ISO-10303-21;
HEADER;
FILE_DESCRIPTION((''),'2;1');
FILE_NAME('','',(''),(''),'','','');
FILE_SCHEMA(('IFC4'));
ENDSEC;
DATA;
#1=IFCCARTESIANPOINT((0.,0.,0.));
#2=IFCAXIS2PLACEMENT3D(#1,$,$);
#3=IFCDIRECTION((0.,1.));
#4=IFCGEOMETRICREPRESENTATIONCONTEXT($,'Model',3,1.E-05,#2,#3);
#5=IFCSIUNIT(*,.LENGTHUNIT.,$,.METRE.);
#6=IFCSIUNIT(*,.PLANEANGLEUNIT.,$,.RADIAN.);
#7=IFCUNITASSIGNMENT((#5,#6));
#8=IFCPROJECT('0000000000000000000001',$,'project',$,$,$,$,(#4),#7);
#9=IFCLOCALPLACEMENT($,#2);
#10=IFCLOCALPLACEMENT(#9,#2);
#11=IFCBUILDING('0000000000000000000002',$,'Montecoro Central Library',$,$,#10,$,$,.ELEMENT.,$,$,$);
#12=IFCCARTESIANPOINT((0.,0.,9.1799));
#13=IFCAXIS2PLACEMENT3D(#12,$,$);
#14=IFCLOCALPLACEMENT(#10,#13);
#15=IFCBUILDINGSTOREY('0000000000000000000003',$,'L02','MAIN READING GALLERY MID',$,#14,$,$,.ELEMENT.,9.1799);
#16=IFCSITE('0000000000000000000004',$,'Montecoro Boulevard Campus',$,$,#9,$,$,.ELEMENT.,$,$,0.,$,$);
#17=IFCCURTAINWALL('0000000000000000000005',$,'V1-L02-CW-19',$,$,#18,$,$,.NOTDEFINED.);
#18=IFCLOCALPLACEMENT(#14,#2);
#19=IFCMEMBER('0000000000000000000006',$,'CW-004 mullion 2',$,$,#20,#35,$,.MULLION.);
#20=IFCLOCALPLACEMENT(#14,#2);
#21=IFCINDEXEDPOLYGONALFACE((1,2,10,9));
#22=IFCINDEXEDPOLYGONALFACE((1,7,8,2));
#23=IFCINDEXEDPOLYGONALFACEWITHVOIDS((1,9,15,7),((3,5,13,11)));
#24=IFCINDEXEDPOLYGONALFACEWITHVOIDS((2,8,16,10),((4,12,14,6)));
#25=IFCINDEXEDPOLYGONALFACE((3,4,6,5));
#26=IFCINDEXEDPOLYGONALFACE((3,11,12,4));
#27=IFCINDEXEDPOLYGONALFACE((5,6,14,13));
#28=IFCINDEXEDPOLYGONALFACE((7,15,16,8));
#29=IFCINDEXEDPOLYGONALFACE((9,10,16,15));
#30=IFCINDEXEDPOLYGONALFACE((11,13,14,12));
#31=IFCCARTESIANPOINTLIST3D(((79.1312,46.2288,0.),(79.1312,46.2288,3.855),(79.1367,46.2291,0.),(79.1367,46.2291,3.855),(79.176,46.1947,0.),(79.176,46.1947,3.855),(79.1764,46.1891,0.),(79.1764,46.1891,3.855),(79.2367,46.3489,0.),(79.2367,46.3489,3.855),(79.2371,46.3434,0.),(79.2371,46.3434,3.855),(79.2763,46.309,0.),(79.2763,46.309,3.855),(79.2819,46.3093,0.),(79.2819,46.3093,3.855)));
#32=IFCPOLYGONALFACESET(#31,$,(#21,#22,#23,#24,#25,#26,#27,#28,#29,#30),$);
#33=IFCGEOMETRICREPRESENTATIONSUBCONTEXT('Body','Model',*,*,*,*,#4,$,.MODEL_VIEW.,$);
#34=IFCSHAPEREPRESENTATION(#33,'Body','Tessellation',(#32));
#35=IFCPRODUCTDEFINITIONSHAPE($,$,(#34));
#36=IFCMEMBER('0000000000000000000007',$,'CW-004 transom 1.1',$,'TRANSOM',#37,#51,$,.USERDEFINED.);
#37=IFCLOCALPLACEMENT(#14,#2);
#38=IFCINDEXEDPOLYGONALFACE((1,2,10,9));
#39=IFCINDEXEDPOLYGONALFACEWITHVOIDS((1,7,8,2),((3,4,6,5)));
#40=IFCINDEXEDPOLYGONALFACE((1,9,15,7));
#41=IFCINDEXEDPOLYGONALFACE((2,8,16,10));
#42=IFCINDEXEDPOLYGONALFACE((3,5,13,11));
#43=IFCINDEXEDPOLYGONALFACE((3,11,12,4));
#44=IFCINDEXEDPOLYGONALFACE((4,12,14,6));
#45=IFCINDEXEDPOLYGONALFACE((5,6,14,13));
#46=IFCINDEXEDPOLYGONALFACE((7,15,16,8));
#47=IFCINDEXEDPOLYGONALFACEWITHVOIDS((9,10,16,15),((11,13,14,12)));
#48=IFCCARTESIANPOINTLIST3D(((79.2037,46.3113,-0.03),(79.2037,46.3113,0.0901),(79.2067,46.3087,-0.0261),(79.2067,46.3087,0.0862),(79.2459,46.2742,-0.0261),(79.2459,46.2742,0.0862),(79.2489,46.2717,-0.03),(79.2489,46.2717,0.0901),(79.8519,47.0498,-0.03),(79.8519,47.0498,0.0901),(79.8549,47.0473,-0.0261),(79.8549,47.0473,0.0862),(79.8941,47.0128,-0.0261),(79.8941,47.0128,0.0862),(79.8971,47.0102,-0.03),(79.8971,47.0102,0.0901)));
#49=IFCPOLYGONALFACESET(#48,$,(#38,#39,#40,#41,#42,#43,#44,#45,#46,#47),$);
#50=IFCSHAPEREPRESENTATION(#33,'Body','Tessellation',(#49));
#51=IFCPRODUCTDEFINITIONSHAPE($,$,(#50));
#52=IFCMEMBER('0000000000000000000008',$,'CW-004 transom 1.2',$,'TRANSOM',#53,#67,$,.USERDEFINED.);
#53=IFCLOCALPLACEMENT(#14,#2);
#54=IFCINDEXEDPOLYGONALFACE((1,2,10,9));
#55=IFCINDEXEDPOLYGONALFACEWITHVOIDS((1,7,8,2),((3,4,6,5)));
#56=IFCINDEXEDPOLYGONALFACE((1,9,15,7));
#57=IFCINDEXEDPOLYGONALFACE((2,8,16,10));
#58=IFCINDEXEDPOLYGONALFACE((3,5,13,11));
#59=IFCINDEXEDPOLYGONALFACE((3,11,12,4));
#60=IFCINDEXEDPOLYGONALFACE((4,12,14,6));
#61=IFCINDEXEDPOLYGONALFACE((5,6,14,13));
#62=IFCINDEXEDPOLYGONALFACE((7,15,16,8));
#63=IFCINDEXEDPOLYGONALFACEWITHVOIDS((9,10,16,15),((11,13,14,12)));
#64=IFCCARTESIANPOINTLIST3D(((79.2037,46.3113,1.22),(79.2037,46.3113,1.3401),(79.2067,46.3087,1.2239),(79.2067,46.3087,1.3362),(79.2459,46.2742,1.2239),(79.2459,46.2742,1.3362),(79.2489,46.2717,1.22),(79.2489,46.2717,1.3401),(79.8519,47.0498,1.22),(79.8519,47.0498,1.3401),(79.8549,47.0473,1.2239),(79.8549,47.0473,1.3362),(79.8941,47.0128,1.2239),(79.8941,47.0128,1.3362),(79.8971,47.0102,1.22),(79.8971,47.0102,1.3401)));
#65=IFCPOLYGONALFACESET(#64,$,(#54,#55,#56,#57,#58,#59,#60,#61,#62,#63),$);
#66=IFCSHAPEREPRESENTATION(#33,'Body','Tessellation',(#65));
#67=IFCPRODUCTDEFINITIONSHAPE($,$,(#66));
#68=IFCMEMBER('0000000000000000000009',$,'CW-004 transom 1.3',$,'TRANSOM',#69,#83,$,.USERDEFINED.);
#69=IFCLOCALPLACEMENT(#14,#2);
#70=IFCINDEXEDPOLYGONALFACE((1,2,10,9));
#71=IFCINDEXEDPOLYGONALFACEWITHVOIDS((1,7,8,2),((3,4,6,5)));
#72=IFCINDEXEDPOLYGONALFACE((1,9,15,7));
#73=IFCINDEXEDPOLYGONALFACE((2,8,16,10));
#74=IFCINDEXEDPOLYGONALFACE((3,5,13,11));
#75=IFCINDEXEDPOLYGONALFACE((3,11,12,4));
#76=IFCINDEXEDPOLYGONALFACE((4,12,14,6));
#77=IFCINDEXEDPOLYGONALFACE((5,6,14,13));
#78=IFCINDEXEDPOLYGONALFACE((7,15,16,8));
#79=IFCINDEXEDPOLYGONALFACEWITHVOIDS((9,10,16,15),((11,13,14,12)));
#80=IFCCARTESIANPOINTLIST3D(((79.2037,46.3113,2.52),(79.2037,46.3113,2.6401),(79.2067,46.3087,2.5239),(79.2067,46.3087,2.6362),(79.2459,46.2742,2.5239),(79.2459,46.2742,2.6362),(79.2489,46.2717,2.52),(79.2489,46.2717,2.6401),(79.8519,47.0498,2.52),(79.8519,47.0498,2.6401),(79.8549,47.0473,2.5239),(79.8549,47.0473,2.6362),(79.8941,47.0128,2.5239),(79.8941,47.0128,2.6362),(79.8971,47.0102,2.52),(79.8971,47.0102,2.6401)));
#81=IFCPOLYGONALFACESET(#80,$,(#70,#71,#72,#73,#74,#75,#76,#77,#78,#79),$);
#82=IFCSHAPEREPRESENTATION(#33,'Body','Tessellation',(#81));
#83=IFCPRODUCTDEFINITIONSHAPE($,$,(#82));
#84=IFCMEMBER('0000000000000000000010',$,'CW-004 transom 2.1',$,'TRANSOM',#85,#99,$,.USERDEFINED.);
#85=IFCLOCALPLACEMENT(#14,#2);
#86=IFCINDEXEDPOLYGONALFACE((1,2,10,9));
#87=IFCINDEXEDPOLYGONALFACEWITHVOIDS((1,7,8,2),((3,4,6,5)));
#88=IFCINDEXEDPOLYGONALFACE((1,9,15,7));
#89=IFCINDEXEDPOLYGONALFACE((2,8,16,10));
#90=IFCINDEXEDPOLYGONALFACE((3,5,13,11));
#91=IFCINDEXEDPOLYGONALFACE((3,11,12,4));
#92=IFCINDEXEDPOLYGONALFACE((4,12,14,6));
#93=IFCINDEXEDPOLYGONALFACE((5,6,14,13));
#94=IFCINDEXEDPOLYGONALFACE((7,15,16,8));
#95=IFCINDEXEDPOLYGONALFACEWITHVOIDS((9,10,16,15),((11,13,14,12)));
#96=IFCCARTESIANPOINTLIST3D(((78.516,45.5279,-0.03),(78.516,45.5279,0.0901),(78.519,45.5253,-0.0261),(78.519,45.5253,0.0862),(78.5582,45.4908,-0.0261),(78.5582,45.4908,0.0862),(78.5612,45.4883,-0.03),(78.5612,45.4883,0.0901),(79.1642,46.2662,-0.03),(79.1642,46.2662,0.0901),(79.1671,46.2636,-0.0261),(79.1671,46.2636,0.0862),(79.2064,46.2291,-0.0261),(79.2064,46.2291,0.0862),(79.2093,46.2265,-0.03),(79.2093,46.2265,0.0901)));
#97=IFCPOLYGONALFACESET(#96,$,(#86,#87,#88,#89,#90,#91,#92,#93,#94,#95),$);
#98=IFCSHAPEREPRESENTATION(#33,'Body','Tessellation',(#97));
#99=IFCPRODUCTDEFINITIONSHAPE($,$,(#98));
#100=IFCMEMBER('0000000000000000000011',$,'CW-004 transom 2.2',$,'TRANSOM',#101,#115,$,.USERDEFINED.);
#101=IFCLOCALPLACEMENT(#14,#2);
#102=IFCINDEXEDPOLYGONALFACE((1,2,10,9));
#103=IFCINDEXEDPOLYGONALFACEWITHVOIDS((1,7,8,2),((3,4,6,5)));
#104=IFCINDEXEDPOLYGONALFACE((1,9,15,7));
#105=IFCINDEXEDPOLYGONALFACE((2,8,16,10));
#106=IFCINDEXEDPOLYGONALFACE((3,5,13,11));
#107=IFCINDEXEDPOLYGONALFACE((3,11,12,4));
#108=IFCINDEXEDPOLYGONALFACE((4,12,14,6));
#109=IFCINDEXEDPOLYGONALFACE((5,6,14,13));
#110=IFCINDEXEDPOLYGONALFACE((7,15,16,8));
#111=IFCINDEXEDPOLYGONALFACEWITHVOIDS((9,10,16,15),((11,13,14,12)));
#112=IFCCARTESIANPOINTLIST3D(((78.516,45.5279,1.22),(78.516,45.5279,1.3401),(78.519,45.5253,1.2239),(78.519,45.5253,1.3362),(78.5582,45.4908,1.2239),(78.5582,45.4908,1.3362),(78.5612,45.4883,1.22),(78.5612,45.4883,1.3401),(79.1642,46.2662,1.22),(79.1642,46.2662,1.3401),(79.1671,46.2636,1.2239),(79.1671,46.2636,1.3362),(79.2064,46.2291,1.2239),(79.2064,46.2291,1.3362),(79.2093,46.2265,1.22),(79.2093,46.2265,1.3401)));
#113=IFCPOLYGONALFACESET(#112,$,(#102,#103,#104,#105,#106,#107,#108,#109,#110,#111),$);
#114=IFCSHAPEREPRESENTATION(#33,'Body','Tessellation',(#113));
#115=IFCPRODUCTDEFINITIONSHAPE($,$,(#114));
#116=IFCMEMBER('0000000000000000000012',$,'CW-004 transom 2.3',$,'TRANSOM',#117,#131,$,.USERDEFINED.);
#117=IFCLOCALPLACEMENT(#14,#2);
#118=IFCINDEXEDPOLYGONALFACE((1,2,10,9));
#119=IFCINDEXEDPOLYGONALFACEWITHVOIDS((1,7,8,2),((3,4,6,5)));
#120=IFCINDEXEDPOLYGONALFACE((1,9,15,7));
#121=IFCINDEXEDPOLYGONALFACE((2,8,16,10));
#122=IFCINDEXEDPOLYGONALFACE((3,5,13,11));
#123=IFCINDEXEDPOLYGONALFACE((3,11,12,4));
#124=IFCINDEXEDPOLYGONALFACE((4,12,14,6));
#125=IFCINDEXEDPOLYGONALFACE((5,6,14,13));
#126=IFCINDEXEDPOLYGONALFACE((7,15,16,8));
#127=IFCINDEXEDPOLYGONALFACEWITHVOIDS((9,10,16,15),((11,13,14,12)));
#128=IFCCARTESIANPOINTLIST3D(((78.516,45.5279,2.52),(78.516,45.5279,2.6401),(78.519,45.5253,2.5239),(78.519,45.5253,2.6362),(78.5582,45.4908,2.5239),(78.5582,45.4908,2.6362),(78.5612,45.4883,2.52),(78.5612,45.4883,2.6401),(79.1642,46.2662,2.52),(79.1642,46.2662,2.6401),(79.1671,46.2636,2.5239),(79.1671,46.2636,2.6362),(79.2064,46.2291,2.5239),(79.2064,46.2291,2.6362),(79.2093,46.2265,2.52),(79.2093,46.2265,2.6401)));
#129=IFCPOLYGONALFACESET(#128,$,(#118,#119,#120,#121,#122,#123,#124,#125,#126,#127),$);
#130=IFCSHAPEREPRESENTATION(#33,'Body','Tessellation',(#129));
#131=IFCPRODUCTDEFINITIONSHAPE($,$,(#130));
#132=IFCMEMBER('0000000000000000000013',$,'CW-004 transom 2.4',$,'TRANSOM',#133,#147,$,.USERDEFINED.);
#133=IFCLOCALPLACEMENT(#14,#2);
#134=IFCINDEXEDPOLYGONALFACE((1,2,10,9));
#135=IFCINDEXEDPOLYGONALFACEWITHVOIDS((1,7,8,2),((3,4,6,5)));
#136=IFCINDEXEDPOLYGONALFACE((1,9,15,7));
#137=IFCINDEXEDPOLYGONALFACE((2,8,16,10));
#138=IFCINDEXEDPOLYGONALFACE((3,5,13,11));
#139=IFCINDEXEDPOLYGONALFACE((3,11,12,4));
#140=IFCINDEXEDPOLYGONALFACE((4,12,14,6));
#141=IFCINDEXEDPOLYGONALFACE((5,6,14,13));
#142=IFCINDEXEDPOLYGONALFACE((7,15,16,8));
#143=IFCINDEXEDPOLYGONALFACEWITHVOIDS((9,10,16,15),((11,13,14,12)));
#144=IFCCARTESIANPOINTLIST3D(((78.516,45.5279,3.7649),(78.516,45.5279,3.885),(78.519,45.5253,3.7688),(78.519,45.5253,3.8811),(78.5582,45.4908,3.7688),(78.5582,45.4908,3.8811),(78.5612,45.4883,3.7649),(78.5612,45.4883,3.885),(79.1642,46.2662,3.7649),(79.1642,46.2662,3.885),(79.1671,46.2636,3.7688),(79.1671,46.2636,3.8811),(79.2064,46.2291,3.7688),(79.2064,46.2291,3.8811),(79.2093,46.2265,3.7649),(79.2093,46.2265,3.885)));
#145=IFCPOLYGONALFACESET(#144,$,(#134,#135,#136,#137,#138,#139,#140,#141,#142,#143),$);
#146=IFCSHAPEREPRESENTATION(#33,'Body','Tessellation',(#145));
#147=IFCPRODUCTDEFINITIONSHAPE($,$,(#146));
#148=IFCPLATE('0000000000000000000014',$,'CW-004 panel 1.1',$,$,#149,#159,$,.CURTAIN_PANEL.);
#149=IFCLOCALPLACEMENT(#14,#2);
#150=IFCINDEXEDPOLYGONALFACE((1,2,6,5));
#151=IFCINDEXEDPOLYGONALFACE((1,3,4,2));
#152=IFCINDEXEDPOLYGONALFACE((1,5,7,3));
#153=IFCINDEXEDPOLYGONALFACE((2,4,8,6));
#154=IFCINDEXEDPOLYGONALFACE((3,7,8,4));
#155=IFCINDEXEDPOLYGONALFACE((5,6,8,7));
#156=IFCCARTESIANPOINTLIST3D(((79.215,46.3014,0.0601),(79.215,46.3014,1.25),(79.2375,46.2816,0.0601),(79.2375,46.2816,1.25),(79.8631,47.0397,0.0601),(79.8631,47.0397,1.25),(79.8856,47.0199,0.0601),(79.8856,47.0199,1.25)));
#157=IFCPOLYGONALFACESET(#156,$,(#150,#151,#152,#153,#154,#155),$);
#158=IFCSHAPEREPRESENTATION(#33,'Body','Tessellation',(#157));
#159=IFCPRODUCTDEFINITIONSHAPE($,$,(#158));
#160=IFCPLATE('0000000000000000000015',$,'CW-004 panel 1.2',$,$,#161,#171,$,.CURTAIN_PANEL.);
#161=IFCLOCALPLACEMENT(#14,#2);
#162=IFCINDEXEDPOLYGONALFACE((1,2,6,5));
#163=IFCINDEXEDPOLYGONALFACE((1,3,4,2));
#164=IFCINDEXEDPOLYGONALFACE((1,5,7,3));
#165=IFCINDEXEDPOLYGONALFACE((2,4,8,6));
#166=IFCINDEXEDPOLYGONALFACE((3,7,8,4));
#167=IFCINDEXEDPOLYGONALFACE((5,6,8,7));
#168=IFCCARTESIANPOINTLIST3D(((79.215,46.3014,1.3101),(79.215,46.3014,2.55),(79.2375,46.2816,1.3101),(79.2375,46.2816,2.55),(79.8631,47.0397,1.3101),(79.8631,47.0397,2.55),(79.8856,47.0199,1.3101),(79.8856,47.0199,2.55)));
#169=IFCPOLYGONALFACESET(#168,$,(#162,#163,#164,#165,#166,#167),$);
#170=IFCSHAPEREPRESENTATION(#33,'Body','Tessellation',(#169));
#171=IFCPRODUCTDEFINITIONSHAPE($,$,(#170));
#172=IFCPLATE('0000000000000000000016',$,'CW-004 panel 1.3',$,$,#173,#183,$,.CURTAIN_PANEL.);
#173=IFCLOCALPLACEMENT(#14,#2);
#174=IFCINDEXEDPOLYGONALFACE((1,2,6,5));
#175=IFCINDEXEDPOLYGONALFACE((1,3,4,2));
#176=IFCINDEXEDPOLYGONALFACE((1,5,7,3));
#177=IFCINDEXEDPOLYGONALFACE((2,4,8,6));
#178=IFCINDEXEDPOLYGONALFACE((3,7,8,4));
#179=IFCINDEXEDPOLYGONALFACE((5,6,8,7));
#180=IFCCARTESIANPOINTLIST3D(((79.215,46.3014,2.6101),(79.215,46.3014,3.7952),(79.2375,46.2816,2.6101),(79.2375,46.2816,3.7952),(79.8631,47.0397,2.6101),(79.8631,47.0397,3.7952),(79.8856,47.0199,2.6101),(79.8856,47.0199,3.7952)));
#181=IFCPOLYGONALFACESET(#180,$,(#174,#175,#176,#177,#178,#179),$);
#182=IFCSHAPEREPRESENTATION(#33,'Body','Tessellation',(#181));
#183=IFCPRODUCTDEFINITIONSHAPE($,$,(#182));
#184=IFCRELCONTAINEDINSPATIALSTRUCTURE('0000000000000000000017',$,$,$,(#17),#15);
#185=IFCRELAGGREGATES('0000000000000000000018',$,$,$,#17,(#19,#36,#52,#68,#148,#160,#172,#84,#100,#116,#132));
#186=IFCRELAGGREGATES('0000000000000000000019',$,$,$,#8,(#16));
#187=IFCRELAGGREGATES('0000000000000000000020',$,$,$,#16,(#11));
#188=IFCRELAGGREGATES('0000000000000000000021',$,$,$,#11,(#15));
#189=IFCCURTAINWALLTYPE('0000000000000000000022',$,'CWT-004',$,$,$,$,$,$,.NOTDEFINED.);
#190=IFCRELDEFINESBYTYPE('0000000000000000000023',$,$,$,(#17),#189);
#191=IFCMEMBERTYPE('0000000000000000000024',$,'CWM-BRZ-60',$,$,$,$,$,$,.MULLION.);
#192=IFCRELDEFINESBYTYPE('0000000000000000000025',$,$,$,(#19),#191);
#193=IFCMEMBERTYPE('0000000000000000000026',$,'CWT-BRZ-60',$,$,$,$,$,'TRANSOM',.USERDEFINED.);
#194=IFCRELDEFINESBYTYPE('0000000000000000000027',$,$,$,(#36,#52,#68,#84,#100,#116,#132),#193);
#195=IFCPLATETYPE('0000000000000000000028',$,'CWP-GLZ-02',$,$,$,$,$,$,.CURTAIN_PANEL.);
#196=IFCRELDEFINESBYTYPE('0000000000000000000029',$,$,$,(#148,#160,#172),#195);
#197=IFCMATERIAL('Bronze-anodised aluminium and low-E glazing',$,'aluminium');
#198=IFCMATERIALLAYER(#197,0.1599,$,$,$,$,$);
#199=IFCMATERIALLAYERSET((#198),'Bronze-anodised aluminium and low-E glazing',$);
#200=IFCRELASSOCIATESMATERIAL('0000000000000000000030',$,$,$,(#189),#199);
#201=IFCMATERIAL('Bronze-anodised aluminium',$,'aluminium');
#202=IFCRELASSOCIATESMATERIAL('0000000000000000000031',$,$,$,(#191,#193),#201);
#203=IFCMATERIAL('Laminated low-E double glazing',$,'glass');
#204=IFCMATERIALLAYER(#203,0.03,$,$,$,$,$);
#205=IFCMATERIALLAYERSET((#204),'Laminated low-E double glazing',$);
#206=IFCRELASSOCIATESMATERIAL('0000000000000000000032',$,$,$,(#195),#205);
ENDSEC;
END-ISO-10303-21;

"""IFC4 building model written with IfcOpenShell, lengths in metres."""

from ifc_helpers import new_model, si_unit, direction, frame, origin, origin_2d, place, context, subcontext, project, spatial, rectangle, hollow_rectangle, extrude, material, layer, layer_set, material_profile, profile_set, type_object, element, aggregate, save


model = new_model("IFC4")

# Units and contexts
model_context = context("Model", 3, precision=1e-05, world=origin(), true_north=direction((0.0, 1.0)))
body_context = subcontext(model_context, "Body", "Model", "MODEL_VIEW")
ifc_project = project(units=[si_unit("LENGTHUNIT", "METRE"), si_unit("PLANEANGLEUNIT", "RADIAN")], contexts=[model_context])

# Site, building, storey
site_placement = place(None, origin())
site = spatial("IfcSite", under=ifc_project, at=site_placement, Name="Montecoro Boulevard Campus", CompositionType="ELEMENT", RefElevation=0.0)
building_placement = place(site_placement, origin())
building = spatial("IfcBuilding", under=site, at=building_placement, Name="Montecoro Central Library", CompositionType="ELEMENT")
storey_placement = place(building_placement, frame((0.0, 0.0, 9.1799)))
storey = spatial("IfcBuildingStorey", under=building, at=storey_placement, Name="L02", Description="MAIN READING GALLERY MID", CompositionType="ELEMENT", Elevation=9.1799)

# Curtain wall, members, plates
ifc_material_1 = material(Name="Bronze-anodised aluminium and low-E glazing", Category="aluminium")
ifc_layer_1 = layer(ifc_material_1, 0.1599)
ifc_layer_set_1 = layer_set([ifc_layer_1], Name="Bronze-anodised aluminium and low-E glazing")
curtain_wall_type = type_object("IfcCurtainWallType", Name="CWT-004", PredefinedType="NOTDEFINED", material=ifc_layer_set_1)
curtain_wall_placement = place(storey_placement, origin())
curtain_wall = element("IfcCurtainWall", 1, at=curtain_wall_placement, inside=storey, type_object=curtain_wall_type, Name="V1-L02-CW-19", PredefinedType="NOTDEFINED")
ifc_material_2 = material(Name="Bronze-anodised aluminium", Category="aluminium")
ifc_material_profile_1 = material_profile(ifc_material_2, hollow_rectangle(XDim=0.0601, YDim=0.1599, WallThickness=0.0039, at=origin_2d()), Name="CWM 160x60x4.0")
ifc_profile_set_1 = profile_set([ifc_material_profile_1], Name="Bronze-anodised aluminium")
member_type_1 = type_object("IfcMemberType", Name="CWM-BRZ-60", PredefinedType="MULLION", material=ifc_profile_set_1)
member_1_placement = place(storey_placement, frame((79.2065, 46.269, 0.0), z_axis=(0.0, 0.0, 1.0), x_axis=(0.751536, -0.659692, 0.0)))
member_1 = element("IfcMember", 2, at=member_1_placement, type_object=member_type_1, Name="CW-004 mullion 2", PredefinedType="MULLION", context=body_context, shape_type="SweptSolid", body=[
    extrude(hollow_rectangle(XDim=0.0601, YDim=0.1599, WallThickness=0.0039, at=origin_2d()), origin(), (0.0, 0.0, 1.0), 3.855),
])
ifc_material_profile_2 = material_profile(ifc_material_2, hollow_rectangle(XDim=0.0601, YDim=0.1201, WallThickness=0.0039, at=origin_2d()), Name="CWT 120x60x4.0")
ifc_profile_set_2 = profile_set([ifc_material_profile_2], Name="Bronze-anodised aluminium")
member_type_2 = type_object("IfcMemberType", Name="CWT-BRZ-60", ElementType="TRANSOM", PredefinedType="USERDEFINED", material=ifc_profile_set_2)
member_2_placement = place(storey_placement, frame((79.8745, 47.03, 0.03), z_axis=(-0.659647, -0.751575, 0.0), x_axis=(0.751575, -0.659647, 0.0)))
member_2 = element("IfcMember", 3, at=member_2_placement, type_object=member_type_2, Name="CW-004 transom 1.1", ObjectType="TRANSOM", PredefinedType="USERDEFINED", context=body_context, shape_type="SweptSolid", body=[
    extrude(hollow_rectangle(XDim=0.0601, YDim=0.1201, WallThickness=0.0039, at=origin_2d()), origin(), (0.0, 0.0, 1.0), 0.9827),
])
member_3_placement = place(storey_placement, frame((79.8745, 47.03, 1.28), z_axis=(-0.659647, -0.751575, 0.0), x_axis=(0.751575, -0.659647, 0.0)))
member_3 = element("IfcMember", 4, at=member_3_placement, type_object=member_type_2, Name="CW-004 transom 1.2", ObjectType="TRANSOM", PredefinedType="USERDEFINED", context=body_context, shape_type="SweptSolid", body=[
    extrude(hollow_rectangle(XDim=0.0601, YDim=0.1201, WallThickness=0.0039, at=origin_2d()), origin(), (0.0, 0.0, 1.0), 0.9827),
])
member_4_placement = place(storey_placement, frame((79.8745, 47.03, 2.5801), z_axis=(-0.659647, -0.751575, 0.0), x_axis=(0.751575, -0.659647, 0.0)))
member_4 = element("IfcMember", 5, at=member_4_placement, type_object=member_type_2, Name="CW-004 transom 1.3", ObjectType="TRANSOM", PredefinedType="USERDEFINED", context=body_context, shape_type="SweptSolid", body=[
    extrude(hollow_rectangle(XDim=0.0601, YDim=0.1201, WallThickness=0.0039, at=origin_2d()), origin(), (0.0, 0.0, 1.0), 0.9827),
])
member_5_placement = place(storey_placement, frame((79.1868, 46.2463, 0.03), z_axis=(-0.65977, -0.751467, 0.0), x_axis=(0.751467, -0.65977, 0.0)))
member_5 = element("IfcMember", 6, at=member_5_placement, type_object=member_type_2, Name="CW-004 transom 2.1", ObjectType="TRANSOM", PredefinedType="USERDEFINED", context=body_context, shape_type="SweptSolid", body=[
    extrude(hollow_rectangle(XDim=0.0601, YDim=0.1201, WallThickness=0.0039, at=origin_2d()), origin(), (0.0, 0.0, 1.0), 0.9824),
])
member_6_placement = place(storey_placement, frame((79.1868, 46.2463, 1.28), z_axis=(-0.65977, -0.751467, 0.0), x_axis=(0.751467, -0.65977, 0.0)))
member_6 = element("IfcMember", 7, at=member_6_placement, type_object=member_type_2, Name="CW-004 transom 2.2", ObjectType="TRANSOM", PredefinedType="USERDEFINED", context=body_context, shape_type="SweptSolid", body=[
    extrude(hollow_rectangle(XDim=0.0601, YDim=0.1201, WallThickness=0.0039, at=origin_2d()), origin(), (0.0, 0.0, 1.0), 0.9824),
])
member_7_placement = place(storey_placement, frame((79.1868, 46.2463, 2.5801), z_axis=(-0.65977, -0.751467, 0.0), x_axis=(0.751467, -0.65977, 0.0)))
member_7 = element("IfcMember", 8, at=member_7_placement, type_object=member_type_2, Name="CW-004 transom 2.3", ObjectType="TRANSOM", PredefinedType="USERDEFINED", context=body_context, shape_type="SweptSolid", body=[
    extrude(hollow_rectangle(XDim=0.0601, YDim=0.1201, WallThickness=0.0039, at=origin_2d()), origin(), (0.0, 0.0, 1.0), 0.9824),
])
member_8_placement = place(storey_placement, frame((79.1868, 46.2463, 3.825), z_axis=(-0.65977, -0.751467, 0.0), x_axis=(0.751467, -0.65977, 0.0)))
member_8 = element("IfcMember", 9, at=member_8_placement, type_object=member_type_2, Name="CW-004 transom 2.4", ObjectType="TRANSOM", PredefinedType="USERDEFINED", context=body_context, shape_type="SweptSolid", body=[
    extrude(hollow_rectangle(XDim=0.0601, YDim=0.1201, WallThickness=0.0039, at=origin_2d()), origin(), (0.0, 0.0, 1.0), 0.9824),
])
ifc_material_3 = material(Name="Laminated low-E double glazing", Category="glass")
ifc_layer_2 = layer(ifc_material_3, 0.03)
ifc_layer_set_2 = layer_set([ifc_layer_2], Name="Laminated low-E double glazing")
plate_type = type_object("IfcPlateType", Name="CWP-GLZ-02", PredefinedType="CURTAIN_PANEL", material=ifc_layer_set_2)
plate_1_placement = place(storey_placement, frame((79.5503, 46.6606, 0.0601), z_axis=(0.0, 0.0, 1.0), x_axis=(-0.659692, -0.751536, 0.0)))
plate_1 = element("IfcPlate", 10, at=plate_1_placement, type_object=plate_type, Name="CW-004 panel 1.1", PredefinedType="CURTAIN_PANEL", context=body_context, shape_type="SweptSolid", body=[
    extrude(rectangle(XDim=0.9824, YDim=0.03, at=origin_2d()), origin(), (0.0, 0.0, 1.0), 1.1899),
])
plate_2_placement = place(storey_placement, frame((79.5503, 46.6606, 1.3101), z_axis=(0.0, 0.0, 1.0), x_axis=(-0.659692, -0.751536, 0.0)))
plate_2 = element("IfcPlate", 11, at=plate_2_placement, type_object=plate_type, Name="CW-004 panel 1.2", PredefinedType="CURTAIN_PANEL", context=body_context, shape_type="SweptSolid", body=[
    extrude(rectangle(XDim=0.9824, YDim=0.03, at=origin_2d()), origin(), (0.0, 0.0, 1.0), 1.24),
])
plate_3_placement = place(storey_placement, frame((79.5503, 46.6606, 2.6101), z_axis=(0.0, 0.0, 1.0), x_axis=(-0.659692, -0.751536, 0.0)))
plate_3 = element("IfcPlate", 12, at=plate_3_placement, type_object=plate_type, Name="CW-004 panel 1.3", PredefinedType="CURTAIN_PANEL", context=body_context, shape_type="SweptSolid", body=[
    extrude(rectangle(XDim=0.9824, YDim=0.03, at=origin_2d()), origin(), (0.0, 0.0, 1.0), 1.1851),
])
aggregate(curtain_wall, [member_1, member_2, member_3, member_4, plate_1, plate_2, plate_3, member_5, member_6, member_7, member_8])

save(model, "model.ifc")
